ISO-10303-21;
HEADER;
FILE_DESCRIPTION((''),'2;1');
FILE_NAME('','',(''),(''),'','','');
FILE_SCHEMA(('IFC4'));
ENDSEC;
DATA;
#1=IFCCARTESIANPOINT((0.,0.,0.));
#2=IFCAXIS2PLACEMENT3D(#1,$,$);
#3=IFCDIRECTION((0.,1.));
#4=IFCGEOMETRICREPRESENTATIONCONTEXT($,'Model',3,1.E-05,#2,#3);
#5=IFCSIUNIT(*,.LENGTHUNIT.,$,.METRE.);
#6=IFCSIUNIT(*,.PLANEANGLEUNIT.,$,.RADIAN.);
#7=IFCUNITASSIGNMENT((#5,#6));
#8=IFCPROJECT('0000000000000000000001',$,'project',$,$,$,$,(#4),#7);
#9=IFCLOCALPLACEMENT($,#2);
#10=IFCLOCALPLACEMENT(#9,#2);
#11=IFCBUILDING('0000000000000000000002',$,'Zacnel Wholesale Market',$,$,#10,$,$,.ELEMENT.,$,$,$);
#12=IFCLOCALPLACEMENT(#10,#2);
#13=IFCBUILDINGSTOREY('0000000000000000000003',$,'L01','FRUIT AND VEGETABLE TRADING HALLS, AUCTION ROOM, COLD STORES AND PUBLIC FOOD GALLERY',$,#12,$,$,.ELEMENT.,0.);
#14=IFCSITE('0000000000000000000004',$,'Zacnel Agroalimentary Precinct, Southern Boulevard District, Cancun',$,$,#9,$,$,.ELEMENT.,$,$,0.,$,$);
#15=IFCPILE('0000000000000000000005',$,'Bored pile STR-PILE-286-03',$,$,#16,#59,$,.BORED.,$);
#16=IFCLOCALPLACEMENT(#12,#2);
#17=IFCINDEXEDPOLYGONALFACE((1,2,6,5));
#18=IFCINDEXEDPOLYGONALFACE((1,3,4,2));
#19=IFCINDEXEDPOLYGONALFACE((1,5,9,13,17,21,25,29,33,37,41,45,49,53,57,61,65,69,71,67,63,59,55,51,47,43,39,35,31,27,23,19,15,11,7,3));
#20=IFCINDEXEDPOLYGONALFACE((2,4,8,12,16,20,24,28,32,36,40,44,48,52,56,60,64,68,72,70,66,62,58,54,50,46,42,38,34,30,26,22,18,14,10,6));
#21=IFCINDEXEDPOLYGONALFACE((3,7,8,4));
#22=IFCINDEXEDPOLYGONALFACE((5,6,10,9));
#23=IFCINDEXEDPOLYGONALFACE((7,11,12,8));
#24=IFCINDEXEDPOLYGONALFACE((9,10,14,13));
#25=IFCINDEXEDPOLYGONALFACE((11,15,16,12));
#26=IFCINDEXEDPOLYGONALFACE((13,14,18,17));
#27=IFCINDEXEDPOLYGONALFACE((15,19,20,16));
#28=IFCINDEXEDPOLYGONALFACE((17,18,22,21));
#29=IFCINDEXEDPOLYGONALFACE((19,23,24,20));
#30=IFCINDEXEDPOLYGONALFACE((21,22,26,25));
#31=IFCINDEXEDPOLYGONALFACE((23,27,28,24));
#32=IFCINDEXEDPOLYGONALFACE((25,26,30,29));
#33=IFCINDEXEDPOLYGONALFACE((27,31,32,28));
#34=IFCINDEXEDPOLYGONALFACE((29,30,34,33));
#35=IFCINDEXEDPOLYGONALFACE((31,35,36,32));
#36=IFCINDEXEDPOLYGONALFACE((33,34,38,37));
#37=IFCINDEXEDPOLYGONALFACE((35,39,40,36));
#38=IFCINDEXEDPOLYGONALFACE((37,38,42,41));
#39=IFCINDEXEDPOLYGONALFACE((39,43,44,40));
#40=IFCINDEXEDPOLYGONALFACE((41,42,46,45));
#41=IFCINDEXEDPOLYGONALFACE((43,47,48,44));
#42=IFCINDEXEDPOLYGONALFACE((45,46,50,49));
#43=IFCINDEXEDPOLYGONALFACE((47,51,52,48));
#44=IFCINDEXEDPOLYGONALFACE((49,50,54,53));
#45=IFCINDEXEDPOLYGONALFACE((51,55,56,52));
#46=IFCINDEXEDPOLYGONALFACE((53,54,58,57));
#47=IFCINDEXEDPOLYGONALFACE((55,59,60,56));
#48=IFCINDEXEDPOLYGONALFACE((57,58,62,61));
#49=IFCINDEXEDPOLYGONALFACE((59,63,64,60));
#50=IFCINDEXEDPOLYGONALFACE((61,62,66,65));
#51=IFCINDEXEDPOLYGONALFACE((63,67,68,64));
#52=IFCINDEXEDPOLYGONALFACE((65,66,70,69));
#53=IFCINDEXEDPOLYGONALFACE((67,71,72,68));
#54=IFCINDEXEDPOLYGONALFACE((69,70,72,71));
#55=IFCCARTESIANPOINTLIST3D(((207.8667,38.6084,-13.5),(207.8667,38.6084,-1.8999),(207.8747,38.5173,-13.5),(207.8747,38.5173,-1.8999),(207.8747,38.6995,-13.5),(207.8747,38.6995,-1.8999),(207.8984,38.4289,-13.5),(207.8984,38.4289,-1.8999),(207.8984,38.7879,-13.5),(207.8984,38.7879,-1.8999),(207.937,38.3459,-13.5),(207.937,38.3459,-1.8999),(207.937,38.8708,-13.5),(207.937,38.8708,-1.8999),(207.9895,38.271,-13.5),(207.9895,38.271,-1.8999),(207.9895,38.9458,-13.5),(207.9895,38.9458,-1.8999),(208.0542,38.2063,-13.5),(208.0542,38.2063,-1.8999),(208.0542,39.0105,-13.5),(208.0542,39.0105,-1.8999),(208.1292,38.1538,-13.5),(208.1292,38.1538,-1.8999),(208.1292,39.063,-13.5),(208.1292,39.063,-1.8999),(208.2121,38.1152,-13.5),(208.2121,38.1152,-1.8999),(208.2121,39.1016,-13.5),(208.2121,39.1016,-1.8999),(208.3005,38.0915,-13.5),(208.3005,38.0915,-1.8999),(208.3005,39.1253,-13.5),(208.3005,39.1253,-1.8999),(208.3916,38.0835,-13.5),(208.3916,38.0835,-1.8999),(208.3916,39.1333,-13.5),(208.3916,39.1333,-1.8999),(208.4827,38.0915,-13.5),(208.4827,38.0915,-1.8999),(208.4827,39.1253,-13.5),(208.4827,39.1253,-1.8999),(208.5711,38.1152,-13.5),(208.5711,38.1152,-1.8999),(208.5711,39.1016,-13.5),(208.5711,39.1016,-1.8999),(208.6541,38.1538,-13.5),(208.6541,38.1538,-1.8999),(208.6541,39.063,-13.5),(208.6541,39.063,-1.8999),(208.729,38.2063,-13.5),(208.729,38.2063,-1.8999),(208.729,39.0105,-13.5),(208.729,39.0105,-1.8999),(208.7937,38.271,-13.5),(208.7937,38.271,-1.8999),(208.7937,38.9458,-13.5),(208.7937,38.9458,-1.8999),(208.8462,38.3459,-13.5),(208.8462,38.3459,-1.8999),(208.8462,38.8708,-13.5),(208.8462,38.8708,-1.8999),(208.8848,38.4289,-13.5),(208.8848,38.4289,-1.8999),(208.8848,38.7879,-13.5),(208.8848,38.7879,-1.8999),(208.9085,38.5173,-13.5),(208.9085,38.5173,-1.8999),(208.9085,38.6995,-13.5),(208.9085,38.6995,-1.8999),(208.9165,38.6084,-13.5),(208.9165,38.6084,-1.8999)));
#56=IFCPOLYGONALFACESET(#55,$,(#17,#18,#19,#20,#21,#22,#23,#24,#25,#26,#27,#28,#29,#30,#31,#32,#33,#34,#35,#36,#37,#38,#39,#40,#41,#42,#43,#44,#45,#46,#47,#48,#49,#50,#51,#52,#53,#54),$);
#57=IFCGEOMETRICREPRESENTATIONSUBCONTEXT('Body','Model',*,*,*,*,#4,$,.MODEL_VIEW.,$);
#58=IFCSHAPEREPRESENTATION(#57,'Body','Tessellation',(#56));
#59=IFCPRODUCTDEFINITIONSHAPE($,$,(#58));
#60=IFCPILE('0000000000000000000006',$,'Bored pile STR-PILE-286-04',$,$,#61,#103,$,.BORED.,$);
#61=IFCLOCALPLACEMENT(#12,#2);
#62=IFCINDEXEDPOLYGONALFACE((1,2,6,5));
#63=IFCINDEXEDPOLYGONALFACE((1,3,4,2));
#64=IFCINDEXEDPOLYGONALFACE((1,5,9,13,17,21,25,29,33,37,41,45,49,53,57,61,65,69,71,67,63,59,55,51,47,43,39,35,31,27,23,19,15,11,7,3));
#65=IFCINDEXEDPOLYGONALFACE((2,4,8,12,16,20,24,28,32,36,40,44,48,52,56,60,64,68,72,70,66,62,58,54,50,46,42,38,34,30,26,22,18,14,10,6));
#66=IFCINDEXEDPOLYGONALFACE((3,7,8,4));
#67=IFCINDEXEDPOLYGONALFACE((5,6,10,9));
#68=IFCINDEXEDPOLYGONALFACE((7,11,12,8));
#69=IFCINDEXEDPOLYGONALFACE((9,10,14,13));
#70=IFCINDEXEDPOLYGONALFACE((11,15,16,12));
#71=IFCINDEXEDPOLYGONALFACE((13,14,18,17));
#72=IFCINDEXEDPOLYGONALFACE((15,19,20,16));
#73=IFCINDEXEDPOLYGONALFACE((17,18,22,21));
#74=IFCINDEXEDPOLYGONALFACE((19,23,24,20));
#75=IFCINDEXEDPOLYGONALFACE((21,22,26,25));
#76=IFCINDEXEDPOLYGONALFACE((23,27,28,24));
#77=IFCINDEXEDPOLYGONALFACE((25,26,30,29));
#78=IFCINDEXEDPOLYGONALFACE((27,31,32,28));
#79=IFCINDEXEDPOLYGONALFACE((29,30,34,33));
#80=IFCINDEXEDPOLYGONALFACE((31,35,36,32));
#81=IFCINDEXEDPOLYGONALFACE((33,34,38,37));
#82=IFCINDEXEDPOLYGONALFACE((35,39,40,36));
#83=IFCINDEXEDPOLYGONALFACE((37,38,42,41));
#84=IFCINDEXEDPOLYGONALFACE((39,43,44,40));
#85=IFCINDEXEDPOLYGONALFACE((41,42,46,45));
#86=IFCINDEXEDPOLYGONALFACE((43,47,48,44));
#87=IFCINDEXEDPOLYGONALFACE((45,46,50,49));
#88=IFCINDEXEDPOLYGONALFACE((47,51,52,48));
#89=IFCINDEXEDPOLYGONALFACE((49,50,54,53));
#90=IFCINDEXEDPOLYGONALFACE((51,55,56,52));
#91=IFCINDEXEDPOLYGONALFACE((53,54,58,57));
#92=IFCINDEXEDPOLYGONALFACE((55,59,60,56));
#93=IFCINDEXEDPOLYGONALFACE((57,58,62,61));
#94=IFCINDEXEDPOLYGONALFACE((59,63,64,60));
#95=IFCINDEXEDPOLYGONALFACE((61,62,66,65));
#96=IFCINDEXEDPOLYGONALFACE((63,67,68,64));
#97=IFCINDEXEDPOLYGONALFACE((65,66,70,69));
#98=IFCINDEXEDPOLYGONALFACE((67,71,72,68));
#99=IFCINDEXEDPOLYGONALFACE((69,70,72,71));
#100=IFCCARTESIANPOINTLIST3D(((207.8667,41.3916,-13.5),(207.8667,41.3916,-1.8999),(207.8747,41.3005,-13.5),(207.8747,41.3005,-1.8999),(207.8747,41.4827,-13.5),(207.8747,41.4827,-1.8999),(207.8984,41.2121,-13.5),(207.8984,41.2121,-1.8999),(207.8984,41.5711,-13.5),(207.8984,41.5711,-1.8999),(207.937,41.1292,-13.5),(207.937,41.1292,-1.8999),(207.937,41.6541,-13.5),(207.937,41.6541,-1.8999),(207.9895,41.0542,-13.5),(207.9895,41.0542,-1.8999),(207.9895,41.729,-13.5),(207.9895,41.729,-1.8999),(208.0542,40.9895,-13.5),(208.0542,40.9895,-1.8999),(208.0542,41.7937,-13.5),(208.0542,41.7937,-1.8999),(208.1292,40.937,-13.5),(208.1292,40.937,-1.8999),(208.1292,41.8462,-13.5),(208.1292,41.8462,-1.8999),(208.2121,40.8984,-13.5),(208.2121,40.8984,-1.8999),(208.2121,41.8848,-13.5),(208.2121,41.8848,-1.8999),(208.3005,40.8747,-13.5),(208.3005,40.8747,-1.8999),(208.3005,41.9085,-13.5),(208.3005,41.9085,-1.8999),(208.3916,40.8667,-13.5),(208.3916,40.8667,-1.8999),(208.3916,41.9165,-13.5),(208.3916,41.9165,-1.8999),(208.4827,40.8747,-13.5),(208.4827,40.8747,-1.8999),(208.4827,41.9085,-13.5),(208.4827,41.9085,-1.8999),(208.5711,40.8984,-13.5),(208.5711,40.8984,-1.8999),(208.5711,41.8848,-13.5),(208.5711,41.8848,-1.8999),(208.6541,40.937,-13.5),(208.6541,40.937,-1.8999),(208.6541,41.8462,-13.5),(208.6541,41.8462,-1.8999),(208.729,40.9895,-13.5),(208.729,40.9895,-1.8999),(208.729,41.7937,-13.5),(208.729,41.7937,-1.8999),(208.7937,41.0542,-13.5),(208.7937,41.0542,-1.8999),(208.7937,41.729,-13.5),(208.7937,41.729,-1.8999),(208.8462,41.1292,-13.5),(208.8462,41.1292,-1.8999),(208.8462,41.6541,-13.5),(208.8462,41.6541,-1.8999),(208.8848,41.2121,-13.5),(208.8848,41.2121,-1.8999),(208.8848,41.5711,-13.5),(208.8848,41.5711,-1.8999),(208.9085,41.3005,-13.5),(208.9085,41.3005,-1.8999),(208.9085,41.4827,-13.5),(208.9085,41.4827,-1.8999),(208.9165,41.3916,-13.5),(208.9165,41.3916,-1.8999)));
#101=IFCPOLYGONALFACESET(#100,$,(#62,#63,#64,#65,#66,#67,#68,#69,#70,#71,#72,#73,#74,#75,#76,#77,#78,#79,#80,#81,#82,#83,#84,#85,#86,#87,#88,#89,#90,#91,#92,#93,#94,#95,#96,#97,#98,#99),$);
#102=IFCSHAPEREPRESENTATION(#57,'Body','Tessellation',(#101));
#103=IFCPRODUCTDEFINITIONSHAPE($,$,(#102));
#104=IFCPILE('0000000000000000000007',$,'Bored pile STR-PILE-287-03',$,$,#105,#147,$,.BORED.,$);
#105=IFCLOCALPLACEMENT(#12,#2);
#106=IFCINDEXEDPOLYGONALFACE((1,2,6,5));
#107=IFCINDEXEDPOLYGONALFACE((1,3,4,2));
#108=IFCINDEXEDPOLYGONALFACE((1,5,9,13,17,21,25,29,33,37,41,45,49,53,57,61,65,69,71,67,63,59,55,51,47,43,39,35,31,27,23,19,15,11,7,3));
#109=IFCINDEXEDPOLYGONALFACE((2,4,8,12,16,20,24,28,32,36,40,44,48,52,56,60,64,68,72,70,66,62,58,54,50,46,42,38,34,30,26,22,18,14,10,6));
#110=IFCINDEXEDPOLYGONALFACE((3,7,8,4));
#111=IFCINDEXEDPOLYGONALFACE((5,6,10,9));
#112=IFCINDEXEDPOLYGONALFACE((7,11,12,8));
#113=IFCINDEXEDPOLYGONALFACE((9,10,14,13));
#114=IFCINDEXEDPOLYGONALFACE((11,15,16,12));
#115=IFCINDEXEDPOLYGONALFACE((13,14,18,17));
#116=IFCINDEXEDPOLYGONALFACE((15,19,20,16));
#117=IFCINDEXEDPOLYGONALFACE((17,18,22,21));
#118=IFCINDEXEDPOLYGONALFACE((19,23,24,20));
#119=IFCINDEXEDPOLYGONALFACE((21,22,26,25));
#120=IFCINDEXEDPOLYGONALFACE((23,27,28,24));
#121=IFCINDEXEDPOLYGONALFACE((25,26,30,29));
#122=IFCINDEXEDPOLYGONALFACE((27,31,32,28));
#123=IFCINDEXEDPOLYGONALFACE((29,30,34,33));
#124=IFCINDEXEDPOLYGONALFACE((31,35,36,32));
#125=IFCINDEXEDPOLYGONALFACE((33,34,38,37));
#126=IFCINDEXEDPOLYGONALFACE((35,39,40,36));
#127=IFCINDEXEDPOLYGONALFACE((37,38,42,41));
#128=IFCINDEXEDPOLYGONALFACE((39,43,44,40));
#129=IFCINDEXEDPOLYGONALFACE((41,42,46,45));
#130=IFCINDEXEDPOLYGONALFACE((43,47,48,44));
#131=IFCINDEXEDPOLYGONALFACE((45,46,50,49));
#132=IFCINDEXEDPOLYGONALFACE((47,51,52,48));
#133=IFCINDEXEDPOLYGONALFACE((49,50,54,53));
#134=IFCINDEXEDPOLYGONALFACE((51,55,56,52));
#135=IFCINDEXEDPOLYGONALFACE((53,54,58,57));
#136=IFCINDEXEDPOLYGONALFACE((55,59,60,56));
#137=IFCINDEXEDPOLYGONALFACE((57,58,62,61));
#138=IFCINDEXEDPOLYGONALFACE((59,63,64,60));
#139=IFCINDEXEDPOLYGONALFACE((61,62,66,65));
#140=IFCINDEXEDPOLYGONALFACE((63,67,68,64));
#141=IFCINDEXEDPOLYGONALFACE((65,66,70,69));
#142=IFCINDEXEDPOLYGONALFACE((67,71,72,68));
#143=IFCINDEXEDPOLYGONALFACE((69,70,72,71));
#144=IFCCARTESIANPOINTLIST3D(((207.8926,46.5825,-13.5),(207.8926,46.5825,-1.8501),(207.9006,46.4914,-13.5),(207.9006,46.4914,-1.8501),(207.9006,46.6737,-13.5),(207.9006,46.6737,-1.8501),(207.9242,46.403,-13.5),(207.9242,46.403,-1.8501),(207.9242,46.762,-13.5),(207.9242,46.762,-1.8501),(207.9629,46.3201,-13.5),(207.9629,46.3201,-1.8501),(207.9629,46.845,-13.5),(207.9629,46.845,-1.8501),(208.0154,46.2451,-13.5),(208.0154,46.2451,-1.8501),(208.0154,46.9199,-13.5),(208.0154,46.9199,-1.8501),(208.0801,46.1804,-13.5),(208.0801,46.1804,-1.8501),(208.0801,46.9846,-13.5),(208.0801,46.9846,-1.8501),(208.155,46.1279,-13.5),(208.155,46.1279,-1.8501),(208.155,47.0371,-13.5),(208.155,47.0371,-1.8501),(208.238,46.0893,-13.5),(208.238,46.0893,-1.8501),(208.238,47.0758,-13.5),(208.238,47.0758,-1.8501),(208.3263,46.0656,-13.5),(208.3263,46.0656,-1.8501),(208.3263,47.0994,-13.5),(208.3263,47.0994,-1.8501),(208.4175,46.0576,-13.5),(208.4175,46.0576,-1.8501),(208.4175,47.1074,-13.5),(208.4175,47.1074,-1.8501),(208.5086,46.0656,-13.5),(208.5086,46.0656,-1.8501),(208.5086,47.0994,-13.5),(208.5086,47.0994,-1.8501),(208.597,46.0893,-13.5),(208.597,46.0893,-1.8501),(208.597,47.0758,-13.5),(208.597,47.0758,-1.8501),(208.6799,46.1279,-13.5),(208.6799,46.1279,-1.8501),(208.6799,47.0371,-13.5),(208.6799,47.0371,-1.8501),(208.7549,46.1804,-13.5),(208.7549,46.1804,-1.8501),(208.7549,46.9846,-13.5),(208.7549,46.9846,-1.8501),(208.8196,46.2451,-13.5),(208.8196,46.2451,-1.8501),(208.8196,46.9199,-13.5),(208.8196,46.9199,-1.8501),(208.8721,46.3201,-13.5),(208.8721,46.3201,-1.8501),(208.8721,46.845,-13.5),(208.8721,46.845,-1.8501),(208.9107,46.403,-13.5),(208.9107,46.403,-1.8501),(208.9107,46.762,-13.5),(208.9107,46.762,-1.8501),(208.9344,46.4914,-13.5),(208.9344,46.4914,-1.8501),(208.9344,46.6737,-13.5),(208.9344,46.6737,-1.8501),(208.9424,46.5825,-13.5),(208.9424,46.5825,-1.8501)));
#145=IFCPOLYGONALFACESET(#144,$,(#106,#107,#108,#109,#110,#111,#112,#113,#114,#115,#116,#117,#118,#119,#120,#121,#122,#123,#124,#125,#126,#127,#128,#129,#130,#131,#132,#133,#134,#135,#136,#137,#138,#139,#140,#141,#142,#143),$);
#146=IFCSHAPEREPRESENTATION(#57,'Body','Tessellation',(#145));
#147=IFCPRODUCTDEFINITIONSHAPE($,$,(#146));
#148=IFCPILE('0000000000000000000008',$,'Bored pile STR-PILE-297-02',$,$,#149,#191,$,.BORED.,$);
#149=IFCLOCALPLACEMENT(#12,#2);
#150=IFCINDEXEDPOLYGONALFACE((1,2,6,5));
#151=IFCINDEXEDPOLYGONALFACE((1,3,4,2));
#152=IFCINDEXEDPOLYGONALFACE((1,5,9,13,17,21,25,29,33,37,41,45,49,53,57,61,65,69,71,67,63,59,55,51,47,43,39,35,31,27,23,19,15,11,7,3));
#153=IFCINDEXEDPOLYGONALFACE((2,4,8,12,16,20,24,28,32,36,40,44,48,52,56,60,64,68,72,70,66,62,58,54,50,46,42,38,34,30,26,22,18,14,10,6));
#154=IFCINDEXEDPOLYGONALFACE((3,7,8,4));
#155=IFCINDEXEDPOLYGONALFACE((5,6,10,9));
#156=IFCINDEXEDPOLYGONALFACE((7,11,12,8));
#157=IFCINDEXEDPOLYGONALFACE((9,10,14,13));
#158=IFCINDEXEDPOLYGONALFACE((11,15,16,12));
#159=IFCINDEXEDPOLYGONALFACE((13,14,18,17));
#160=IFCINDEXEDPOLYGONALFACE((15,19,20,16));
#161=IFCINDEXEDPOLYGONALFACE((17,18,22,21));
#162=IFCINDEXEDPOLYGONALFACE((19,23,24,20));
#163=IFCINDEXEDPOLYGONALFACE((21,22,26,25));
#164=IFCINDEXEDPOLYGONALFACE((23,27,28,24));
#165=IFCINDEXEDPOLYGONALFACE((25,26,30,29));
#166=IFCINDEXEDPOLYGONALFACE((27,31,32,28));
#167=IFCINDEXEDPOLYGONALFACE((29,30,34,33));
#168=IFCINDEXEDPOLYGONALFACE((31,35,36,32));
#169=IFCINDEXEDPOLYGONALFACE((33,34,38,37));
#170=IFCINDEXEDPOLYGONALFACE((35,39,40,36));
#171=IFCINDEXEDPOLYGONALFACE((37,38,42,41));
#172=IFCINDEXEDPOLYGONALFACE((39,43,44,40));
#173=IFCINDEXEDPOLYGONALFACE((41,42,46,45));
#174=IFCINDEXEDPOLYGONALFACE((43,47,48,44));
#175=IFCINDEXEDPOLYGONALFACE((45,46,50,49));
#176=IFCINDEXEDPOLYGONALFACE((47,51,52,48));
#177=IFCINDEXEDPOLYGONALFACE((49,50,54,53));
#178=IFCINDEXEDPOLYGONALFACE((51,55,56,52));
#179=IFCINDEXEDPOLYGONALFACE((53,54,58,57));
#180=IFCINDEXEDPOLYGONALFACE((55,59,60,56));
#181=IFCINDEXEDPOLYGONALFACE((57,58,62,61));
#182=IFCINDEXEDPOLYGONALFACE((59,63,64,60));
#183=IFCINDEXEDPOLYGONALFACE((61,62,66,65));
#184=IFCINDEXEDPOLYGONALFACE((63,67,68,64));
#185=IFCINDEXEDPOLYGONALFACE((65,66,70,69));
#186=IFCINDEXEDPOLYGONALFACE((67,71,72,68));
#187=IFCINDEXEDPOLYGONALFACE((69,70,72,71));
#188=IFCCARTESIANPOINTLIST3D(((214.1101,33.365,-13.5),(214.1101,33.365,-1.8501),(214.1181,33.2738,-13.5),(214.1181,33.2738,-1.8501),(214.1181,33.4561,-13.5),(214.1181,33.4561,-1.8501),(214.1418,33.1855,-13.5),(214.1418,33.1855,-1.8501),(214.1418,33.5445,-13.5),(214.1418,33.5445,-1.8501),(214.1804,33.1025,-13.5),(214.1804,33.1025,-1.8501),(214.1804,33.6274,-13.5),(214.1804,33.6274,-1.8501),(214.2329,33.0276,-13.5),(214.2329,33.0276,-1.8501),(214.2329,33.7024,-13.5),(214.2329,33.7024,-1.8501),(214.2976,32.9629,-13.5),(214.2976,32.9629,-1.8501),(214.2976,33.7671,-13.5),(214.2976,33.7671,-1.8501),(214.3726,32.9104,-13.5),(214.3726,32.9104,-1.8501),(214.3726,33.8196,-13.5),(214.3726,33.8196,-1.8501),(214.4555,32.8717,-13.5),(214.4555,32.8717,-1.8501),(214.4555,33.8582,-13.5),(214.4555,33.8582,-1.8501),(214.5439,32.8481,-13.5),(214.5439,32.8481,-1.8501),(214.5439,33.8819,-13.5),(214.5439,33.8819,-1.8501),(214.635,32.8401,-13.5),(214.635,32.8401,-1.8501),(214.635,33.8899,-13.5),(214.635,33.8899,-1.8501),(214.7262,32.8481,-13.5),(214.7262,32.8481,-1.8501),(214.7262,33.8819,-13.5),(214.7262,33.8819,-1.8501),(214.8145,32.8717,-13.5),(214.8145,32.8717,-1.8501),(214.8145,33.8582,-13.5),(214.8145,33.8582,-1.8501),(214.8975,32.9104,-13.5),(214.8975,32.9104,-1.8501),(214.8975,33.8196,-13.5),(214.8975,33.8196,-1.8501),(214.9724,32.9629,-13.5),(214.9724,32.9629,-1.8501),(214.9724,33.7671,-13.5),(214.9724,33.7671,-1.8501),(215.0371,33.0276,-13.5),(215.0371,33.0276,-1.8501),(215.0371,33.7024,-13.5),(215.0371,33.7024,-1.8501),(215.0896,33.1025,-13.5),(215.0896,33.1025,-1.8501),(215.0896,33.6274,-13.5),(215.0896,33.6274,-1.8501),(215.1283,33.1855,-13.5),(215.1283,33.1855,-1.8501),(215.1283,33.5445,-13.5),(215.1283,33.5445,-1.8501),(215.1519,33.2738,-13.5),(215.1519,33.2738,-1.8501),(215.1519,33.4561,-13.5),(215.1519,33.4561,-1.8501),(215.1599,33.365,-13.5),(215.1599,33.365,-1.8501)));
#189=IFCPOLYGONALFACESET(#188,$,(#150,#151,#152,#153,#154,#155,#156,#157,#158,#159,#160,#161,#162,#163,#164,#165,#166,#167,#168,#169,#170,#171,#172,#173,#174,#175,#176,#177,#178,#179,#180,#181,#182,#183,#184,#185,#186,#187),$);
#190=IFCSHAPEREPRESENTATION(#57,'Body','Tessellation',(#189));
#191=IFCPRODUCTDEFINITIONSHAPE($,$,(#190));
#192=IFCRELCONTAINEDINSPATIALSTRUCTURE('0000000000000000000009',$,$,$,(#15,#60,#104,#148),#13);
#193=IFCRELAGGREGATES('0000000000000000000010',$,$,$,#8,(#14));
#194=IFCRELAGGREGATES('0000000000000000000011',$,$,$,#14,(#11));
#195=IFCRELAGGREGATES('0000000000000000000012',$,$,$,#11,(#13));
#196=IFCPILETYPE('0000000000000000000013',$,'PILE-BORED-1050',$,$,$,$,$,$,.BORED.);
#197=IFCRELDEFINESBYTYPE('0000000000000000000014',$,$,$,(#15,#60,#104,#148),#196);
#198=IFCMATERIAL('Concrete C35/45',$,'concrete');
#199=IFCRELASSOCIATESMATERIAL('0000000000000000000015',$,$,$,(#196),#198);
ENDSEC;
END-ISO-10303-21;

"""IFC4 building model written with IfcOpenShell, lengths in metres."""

from ifc_helpers import new_model, si_unit, direction, frame, origin, origin_2d, place, context, subcontext, project, spatial, circle, extrude, material, material_profile, profile_set, type_object, element, save


model = new_model("IFC4")

# Units and contexts
model_context = context("Model", 3, precision=1e-05, world=origin(), true_north=direction((0.0, 1.0)))
body_context = subcontext(model_context, "Body", "Model", "MODEL_VIEW")
ifc_project = project(units=[si_unit("LENGTHUNIT", "METRE"), si_unit("PLANEANGLEUNIT", "RADIAN")], contexts=[model_context])

# Site, building, storey
site_placement = place(None, origin())
site = spatial("IfcSite", under=ifc_project, at=site_placement, Name="Zacnel Agroalimentary Precinct, Southern Boulevard District, Cancun", CompositionType="ELEMENT", RefElevation=0.0)
building_placement = place(site_placement, origin())
building = spatial("IfcBuilding", under=site, at=building_placement, Name="Zacnel Wholesale Market", CompositionType="ELEMENT")
storey_placement = place(building_placement, origin())
storey = spatial("IfcBuildingStorey", under=building, at=storey_placement, Name="L01", Description="FRUIT AND VEGETABLE TRADING HALLS, AUCTION ROOM, COLD STORES AND PUBLIC FOOD GALLERY", CompositionType="ELEMENT", Elevation=0.0)

# Piles
ifc_material_1 = material(Name="Concrete C35/45", Category="concrete")
ifc_material_profile_1 = material_profile(ifc_material_1, circle(Radius=0.5249, at=origin_2d()), Name="BORED PILE D1050")
ifc_profile_set_1 = profile_set([ifc_material_profile_1], Name="Concrete C35/45")
pile_type = type_object("IfcPileType", Name="PILE-BORED-1050", PredefinedType="BORED", material=ifc_profile_set_1)
for number, where, z_axis, x_axis, name in (
    (1, (208.3916, 38.6084, -1.8999), (0.0, 0.0, -1.0), (1.0, 0.0, 0.0), "Bored pile STR-PILE-286-03"),
    (2, (208.3916, 41.3916, -1.8999), (0.0, 0.0, -1.0), (1.0, 0.0, 0.0), "Bored pile STR-PILE-286-04"),
):
    element("IfcPile", number, at=place(storey_placement, frame(where, z_axis=z_axis, x_axis=x_axis)), inside=storey, type_object=pile_type, Name=name, PredefinedType="BORED", context=body_context, shape_type="SweptSolid", body=[
        extrude(circle(Radius=0.5249, at=origin_2d()), origin(), (0.0, 0.0, 1.0), 11.6001),
    ])
for number, where, z_axis, x_axis, name in (
    (3, (208.4175, 46.5825, -1.8501), (0.0, 0.0, -1.0), (1.0, 0.0, 0.0), "Bored pile STR-PILE-287-03"),
    (4, (214.635, 33.365, -1.8501), (0.0, 0.0, -1.0), (1.0, 0.0, 0.0), "Bored pile STR-PILE-297-02"),
):
    element("IfcPile", number, at=place(storey_placement, frame(where, z_axis=z_axis, x_axis=x_axis)), inside=storey, type_object=pile_type, Name=name, PredefinedType="BORED", context=body_context, shape_type="SweptSolid", body=[
        extrude(circle(Radius=0.5249, at=origin_2d()), origin(), (0.0, 0.0, 1.0), 11.6499),
    ])

save(model, "model.ifc")
